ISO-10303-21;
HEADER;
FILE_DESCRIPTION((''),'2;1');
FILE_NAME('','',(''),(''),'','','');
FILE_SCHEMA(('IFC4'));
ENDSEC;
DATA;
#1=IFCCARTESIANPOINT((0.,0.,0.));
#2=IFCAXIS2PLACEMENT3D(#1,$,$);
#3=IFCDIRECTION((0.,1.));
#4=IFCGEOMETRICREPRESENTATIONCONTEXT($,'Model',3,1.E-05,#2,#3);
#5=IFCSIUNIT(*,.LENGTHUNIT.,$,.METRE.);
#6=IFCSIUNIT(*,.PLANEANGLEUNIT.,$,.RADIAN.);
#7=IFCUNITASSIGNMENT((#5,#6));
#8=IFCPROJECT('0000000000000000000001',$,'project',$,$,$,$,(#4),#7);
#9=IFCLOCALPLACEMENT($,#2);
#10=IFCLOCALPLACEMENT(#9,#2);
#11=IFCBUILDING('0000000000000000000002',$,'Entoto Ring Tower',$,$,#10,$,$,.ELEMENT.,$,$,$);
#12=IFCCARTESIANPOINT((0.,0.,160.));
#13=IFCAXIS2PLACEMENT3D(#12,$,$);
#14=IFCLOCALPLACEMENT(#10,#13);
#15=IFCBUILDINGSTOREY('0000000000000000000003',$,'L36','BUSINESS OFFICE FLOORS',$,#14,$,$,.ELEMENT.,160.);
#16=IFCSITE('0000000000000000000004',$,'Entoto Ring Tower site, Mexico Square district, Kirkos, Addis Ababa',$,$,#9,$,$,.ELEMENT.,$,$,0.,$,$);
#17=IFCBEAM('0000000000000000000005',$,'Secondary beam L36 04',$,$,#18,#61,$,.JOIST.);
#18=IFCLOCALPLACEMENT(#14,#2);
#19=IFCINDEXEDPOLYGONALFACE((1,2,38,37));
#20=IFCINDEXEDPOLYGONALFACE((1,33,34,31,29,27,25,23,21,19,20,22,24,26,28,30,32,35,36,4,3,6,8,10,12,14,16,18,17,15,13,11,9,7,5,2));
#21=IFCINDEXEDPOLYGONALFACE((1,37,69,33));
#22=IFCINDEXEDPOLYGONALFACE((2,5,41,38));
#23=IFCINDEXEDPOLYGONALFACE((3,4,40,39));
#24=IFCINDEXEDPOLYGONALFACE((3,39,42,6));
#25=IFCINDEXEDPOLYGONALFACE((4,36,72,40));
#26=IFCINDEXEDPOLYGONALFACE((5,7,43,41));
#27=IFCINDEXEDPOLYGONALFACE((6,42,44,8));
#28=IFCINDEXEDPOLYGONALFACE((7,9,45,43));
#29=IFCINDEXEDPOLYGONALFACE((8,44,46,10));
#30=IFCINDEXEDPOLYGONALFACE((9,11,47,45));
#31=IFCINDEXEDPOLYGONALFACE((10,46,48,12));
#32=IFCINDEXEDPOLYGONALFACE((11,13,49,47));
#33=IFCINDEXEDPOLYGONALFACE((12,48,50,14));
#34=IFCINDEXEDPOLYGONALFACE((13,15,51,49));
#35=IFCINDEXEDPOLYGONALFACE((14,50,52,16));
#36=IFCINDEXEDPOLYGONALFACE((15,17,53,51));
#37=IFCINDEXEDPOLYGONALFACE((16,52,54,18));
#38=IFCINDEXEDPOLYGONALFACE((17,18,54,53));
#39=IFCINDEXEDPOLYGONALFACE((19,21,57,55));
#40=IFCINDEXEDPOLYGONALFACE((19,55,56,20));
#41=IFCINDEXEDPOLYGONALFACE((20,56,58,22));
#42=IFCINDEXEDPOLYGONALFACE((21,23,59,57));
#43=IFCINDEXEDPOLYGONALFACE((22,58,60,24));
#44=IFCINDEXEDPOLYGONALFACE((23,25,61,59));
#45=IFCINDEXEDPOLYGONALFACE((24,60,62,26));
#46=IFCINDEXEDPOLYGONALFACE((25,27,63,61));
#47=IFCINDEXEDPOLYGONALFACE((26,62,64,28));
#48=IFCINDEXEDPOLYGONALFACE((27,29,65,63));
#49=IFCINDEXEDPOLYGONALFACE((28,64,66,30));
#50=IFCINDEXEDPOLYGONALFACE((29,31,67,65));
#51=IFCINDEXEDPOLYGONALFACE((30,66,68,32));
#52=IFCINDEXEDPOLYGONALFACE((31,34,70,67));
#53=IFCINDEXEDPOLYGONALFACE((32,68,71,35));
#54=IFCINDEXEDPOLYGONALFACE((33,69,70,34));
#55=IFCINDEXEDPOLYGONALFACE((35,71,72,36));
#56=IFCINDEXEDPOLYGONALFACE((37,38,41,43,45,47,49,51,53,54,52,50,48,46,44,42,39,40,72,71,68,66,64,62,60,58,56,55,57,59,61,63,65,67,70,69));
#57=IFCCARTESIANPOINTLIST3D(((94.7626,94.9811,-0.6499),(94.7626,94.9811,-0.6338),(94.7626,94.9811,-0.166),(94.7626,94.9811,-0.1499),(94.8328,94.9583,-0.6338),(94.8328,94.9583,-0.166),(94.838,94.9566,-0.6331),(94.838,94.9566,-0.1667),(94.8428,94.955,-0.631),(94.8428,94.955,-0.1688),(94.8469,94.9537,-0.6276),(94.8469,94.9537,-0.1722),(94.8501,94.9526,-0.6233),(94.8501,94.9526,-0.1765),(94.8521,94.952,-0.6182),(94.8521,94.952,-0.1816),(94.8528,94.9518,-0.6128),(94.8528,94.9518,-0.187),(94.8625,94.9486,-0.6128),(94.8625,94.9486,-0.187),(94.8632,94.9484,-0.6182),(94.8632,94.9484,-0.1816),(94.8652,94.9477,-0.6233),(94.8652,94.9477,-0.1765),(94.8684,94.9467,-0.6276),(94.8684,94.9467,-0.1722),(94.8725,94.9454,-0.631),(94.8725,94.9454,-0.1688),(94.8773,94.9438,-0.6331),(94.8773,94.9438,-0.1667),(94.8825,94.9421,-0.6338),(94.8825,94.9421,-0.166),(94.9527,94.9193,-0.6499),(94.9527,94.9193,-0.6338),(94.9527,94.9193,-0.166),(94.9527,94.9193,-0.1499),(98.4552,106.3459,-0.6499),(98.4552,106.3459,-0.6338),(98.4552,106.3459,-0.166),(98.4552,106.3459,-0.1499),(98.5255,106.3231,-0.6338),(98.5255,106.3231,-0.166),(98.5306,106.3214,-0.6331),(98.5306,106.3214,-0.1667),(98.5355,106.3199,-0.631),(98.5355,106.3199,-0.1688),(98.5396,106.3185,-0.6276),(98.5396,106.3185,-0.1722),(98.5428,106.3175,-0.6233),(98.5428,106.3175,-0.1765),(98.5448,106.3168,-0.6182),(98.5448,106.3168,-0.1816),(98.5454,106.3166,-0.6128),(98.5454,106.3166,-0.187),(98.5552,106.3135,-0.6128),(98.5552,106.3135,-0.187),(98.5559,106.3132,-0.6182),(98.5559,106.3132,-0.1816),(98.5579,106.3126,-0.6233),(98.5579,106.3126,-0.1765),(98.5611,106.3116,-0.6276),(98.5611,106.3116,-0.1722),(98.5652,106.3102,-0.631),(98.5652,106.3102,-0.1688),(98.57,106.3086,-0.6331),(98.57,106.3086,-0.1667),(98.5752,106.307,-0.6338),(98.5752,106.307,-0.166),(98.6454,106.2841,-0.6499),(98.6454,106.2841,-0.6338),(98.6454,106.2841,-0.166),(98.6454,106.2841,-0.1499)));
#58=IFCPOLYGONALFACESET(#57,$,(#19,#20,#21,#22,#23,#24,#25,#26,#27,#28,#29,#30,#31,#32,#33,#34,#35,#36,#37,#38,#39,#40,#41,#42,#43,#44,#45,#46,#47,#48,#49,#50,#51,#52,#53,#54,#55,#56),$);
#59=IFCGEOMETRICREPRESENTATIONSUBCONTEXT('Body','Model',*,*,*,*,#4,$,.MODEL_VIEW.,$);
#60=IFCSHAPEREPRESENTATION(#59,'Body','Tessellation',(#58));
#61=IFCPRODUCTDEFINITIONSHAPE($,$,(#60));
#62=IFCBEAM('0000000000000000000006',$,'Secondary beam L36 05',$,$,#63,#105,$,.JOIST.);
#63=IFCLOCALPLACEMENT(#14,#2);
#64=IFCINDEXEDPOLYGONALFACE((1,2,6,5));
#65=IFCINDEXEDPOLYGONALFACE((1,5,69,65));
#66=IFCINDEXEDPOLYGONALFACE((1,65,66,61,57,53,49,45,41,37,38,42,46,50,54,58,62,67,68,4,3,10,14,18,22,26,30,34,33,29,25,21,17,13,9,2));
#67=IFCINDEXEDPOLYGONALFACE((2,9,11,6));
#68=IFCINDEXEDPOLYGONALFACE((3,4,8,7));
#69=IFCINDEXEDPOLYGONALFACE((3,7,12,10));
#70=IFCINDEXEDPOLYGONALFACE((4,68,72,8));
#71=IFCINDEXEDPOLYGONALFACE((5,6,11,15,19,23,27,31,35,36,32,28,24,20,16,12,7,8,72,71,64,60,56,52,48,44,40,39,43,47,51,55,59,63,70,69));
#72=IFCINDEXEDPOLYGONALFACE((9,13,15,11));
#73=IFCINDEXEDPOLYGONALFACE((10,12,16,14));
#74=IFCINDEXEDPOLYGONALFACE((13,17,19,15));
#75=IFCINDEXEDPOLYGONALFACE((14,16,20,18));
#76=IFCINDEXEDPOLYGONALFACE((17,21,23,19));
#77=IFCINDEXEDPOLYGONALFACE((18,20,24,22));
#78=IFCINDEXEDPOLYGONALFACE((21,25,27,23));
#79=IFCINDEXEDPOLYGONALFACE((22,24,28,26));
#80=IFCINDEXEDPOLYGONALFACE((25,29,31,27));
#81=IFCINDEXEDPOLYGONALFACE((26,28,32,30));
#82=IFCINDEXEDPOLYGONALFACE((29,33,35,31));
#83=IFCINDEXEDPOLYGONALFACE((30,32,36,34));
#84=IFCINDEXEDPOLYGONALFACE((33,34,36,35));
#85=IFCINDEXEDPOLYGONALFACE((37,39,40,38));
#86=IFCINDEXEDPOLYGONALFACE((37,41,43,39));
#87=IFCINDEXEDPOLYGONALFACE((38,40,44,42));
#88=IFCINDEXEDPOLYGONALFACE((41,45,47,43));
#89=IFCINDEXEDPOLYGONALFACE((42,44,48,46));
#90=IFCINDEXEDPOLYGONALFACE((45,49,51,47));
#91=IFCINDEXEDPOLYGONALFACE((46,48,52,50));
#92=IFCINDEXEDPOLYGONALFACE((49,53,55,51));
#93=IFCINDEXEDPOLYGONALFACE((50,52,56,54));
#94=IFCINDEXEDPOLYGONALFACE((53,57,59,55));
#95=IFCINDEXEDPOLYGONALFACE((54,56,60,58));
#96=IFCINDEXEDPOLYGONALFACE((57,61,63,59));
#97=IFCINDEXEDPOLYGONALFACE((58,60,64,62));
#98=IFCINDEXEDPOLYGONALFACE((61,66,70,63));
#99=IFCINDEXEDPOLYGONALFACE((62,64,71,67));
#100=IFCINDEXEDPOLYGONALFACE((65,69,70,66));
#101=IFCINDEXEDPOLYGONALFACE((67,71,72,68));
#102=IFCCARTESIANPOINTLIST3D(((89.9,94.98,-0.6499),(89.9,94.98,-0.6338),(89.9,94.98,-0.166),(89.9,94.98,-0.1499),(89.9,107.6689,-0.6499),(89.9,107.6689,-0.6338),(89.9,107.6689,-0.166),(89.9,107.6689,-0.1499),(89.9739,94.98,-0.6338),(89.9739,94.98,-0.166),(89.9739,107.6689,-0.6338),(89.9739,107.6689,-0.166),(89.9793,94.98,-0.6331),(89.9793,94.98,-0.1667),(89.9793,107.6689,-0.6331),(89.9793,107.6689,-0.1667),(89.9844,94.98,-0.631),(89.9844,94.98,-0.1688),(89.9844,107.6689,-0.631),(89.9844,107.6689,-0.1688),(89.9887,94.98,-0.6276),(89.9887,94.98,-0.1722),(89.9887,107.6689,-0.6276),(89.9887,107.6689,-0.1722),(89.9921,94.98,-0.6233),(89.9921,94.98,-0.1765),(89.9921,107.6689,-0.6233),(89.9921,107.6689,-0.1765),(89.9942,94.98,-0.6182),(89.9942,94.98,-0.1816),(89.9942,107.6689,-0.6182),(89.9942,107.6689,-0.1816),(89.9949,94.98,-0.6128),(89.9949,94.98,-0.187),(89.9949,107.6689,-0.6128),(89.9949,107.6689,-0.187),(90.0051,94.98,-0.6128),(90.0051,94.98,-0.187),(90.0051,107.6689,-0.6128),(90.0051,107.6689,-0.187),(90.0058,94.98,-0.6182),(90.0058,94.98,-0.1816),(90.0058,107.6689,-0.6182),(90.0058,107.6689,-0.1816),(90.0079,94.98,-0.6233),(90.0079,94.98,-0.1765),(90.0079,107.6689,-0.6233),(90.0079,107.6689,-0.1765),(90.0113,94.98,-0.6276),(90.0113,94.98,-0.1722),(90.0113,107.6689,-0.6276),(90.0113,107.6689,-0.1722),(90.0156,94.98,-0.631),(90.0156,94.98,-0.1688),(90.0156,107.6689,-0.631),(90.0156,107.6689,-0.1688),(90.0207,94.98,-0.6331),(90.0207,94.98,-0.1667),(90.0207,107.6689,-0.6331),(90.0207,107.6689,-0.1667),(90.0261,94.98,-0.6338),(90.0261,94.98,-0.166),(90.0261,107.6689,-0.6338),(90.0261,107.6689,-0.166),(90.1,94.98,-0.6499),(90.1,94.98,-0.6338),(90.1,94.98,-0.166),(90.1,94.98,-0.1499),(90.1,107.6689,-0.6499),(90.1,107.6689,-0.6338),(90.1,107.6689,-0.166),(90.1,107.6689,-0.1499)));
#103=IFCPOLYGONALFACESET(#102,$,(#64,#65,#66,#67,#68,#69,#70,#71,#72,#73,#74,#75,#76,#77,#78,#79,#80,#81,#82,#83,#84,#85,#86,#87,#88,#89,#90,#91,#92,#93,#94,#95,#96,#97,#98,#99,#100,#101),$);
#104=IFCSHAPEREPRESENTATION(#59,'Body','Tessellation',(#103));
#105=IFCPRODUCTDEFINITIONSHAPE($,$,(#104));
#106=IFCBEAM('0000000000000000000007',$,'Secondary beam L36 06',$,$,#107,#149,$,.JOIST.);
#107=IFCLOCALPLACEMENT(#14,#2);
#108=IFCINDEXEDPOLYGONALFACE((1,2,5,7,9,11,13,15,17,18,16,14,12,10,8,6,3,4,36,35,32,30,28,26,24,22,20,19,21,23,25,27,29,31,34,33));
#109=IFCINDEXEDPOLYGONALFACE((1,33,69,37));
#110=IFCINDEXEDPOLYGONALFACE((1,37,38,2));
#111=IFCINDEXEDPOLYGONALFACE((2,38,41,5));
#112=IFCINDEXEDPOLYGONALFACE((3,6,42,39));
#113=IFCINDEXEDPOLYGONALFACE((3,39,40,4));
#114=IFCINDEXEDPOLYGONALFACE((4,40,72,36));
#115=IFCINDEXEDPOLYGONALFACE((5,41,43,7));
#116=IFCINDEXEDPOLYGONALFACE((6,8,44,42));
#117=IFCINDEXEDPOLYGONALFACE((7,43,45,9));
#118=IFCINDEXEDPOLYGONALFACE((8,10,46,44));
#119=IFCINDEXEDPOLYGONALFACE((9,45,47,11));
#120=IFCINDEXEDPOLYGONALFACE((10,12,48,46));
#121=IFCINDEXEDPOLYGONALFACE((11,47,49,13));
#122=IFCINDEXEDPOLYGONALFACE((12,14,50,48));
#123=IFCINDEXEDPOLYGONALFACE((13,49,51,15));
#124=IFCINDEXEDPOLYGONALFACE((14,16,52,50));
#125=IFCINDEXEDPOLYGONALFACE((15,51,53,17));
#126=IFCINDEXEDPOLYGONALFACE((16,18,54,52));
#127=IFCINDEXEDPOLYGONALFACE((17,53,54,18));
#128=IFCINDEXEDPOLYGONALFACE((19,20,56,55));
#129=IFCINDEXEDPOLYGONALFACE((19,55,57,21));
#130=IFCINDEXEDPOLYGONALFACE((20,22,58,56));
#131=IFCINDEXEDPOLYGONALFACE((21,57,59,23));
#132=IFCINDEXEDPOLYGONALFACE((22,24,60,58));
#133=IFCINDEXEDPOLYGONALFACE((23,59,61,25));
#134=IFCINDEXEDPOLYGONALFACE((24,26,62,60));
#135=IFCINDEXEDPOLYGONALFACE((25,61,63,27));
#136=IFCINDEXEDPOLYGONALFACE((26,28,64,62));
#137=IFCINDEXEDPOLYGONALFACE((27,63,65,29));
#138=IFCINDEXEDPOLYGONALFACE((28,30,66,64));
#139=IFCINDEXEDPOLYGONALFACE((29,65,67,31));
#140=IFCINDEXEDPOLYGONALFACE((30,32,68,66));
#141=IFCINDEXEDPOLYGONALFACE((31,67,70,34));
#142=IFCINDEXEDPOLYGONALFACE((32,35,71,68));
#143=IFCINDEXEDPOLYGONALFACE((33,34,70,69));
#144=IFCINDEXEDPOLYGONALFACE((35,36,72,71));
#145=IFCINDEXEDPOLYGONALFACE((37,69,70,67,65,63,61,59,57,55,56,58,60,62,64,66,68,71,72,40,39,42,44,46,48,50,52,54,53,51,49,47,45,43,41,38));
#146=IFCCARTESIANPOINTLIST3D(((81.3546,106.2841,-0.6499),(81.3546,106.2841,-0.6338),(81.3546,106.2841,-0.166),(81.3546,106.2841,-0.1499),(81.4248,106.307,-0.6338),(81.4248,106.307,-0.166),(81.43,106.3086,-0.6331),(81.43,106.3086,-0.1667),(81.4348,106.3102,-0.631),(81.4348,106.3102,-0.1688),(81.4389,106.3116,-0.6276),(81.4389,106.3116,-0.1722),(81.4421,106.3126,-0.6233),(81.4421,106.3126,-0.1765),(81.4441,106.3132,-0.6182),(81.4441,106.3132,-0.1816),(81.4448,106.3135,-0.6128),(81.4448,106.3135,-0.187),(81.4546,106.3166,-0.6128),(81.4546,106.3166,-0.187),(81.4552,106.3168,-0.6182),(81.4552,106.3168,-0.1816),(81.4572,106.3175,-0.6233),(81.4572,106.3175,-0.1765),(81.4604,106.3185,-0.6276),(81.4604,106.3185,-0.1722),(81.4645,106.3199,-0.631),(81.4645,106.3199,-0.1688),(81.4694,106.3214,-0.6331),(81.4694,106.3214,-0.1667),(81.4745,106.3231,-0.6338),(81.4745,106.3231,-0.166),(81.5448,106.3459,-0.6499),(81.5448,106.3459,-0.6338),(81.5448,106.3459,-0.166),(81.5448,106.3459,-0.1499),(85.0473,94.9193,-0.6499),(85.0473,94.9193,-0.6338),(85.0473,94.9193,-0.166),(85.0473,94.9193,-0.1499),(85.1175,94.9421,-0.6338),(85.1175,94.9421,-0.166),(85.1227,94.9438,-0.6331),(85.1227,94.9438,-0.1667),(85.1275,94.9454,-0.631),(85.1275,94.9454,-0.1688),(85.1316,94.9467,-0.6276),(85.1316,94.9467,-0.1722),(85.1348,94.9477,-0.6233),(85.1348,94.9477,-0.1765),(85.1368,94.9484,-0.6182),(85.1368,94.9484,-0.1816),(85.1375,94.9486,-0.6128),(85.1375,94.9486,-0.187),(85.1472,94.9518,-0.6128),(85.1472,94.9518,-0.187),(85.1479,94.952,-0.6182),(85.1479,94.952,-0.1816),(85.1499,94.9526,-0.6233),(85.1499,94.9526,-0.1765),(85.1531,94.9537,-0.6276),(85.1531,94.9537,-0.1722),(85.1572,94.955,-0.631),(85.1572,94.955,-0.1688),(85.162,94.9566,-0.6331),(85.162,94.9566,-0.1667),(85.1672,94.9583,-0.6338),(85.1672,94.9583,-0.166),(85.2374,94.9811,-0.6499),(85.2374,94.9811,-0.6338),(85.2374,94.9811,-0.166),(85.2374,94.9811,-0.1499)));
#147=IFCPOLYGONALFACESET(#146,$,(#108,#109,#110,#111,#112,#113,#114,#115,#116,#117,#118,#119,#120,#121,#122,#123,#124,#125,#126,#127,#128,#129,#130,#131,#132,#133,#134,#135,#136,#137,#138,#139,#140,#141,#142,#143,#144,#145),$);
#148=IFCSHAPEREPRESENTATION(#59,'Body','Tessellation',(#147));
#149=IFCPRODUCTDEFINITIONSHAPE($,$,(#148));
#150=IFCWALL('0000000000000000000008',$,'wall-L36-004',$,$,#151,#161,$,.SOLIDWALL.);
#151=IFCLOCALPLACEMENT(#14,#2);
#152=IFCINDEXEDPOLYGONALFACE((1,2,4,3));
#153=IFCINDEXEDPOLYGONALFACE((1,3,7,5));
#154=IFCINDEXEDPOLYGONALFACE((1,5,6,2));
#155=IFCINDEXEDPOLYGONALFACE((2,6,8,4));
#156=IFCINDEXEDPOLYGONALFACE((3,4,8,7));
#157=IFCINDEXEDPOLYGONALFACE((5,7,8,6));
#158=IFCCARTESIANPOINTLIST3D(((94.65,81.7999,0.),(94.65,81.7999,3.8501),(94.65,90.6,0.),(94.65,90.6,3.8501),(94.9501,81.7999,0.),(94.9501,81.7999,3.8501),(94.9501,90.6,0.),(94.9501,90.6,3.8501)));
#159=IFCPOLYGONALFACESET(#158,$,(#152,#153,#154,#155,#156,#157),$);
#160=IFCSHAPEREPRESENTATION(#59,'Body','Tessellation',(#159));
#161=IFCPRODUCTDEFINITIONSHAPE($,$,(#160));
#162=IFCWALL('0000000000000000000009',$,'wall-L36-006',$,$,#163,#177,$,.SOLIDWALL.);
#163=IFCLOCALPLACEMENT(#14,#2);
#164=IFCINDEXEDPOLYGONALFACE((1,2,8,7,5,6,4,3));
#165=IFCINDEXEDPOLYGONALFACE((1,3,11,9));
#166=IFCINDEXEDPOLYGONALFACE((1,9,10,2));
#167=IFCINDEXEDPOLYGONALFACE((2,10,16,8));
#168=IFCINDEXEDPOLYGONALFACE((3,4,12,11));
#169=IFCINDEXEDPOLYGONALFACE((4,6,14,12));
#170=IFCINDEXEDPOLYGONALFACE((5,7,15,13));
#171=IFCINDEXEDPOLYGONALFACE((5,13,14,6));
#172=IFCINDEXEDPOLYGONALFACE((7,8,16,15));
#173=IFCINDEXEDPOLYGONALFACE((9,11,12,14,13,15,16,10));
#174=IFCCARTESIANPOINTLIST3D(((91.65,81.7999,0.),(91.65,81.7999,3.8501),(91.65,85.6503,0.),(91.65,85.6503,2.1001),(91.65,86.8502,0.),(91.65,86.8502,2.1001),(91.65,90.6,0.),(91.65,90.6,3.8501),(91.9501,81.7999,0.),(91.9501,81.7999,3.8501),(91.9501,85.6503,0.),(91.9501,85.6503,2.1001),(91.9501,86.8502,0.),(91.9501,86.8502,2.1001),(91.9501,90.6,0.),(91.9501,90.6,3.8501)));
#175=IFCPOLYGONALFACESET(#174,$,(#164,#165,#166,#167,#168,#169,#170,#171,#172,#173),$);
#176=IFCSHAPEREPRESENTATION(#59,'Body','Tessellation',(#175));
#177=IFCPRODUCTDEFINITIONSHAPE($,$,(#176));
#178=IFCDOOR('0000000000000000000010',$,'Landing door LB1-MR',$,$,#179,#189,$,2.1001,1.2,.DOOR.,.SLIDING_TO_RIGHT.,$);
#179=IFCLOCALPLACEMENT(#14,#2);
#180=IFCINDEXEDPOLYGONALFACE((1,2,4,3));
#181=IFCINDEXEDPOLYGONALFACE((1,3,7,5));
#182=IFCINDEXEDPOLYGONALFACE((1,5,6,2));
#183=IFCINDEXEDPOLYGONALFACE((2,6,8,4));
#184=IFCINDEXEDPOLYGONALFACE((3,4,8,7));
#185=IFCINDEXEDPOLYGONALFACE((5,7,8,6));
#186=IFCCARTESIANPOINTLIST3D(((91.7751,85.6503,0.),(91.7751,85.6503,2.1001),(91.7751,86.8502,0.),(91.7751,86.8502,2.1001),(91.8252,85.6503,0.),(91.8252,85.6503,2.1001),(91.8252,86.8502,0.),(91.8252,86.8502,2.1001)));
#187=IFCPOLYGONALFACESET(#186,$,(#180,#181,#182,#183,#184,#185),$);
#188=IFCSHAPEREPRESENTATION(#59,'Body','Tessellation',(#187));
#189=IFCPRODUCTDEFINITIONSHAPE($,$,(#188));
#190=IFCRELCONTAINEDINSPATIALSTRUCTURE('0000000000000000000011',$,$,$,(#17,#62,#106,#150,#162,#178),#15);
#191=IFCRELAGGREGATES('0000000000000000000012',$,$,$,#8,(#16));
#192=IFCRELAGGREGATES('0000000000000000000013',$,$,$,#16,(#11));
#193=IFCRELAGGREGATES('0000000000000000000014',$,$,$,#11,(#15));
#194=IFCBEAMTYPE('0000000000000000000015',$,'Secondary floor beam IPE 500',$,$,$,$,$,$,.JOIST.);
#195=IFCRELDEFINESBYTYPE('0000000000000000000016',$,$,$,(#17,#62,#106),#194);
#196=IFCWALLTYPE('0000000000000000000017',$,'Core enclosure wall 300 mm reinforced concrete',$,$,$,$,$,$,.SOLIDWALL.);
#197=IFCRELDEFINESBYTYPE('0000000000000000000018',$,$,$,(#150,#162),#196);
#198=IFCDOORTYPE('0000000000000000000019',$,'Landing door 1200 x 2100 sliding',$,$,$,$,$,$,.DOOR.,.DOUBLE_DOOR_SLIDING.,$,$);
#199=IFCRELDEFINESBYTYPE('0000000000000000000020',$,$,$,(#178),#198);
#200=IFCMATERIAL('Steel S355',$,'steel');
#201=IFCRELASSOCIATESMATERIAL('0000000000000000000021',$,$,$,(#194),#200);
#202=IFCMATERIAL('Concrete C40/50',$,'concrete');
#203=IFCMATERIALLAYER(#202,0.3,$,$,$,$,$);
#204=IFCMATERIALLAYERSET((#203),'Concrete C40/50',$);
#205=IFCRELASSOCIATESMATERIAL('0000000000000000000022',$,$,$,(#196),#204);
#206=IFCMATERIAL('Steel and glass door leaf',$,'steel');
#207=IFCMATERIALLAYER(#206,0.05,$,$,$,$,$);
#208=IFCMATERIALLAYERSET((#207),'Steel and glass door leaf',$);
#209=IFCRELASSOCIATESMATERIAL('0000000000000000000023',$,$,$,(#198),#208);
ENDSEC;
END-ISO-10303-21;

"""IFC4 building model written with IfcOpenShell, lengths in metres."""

from ifc_helpers import new_model, si_unit, direction, frame, frame_2d, origin, origin_2d, place, context, subcontext, project, spatial, rectangle, i_section, extrude, material, layer, layer_set, material_profile, profile_set, type_object, element, fill, save


model = new_model("IFC4")

# Units and contexts
model_context = context("Model", 3, precision=1e-05, world=origin(), true_north=direction((0.0, 1.0)))
body_context = subcontext(model_context, "Body", "Model", "MODEL_VIEW")
ifc_project = project(units=[si_unit("LENGTHUNIT", "METRE"), si_unit("PLANEANGLEUNIT", "RADIAN")], contexts=[model_context])

# Site, building, storey
site_placement = place(None, origin())
site = spatial("IfcSite", under=ifc_project, at=site_placement, Name="Entoto Ring Tower site, Mexico Square district, Kirkos, Addis Ababa", CompositionType="ELEMENT", RefElevation=0.0)
building_placement = place(site_placement, origin())
building = spatial("IfcBuilding", under=site, at=building_placement, Name="Entoto Ring Tower", CompositionType="ELEMENT")
storey_placement = place(building_placement, frame((0.0, 0.0, 160.0)))
storey = spatial("IfcBuildingStorey", under=building, at=storey_placement, Name="L36", Description="BUSINESS OFFICE FLOORS", CompositionType="ELEMENT", Elevation=160.0)

# Beams
ifc_material_1 = material(Name="Steel S355", Category="steel")
ifc_material_profile_1 = material_profile(ifc_material_1, i_section(OverallWidth=0.2, OverallDepth=0.5, WebThickness=0.0103, FlangeThickness=0.0161, FilletRadius=0.021, at=origin_2d()), Name="IPE 500")
ifc_profile_set_1 = profile_set([ifc_material_profile_1], Name="Steel S355")
beam_type_1 = type_object("IfcBeamType", Name="Secondary floor beam IPE 500", PredefinedType="JOIST", material=ifc_profile_set_1)
beam_1_placement = place(storey_placement, frame((94.8577, 94.9502, -0.3999), z_axis=(0.309017, 0.951057, 0.0), x_axis=(-0.951057, 0.309017, 0.0)))
element("IfcBeam", 1, at=beam_1_placement, inside=storey, type_object=beam_type_1, Name="Secondary beam L36 04", PredefinedType="JOIST", context=body_context, shape_type="SweptSolid", body=[
    extrude(i_section(OverallWidth=0.2, OverallDepth=0.5, WebThickness=0.0103, FlangeThickness=0.0161, FilletRadius=0.021, at=origin_2d()), origin(), (0.0, 0.0, 1.0), 11.9497),
])
beam_2_placement = place(storey_placement, frame((90.0, 94.98, -0.3999), z_axis=(0.0, 1.0, 0.0), x_axis=(-1.0, 0.0, 0.0)))
element("IfcBeam", 2, at=beam_2_placement, inside=storey, type_object=beam_type_1, Name="Secondary beam L36 05", PredefinedType="JOIST", context=body_context, shape_type="SweptSolid", body=[
    extrude(i_section(OverallWidth=0.2, OverallDepth=0.5, WebThickness=0.0103, FlangeThickness=0.0161, FilletRadius=0.021, at=origin_2d()), origin(), (0.0, 0.0, 1.0), 12.689),
])
beam_3_placement = place(storey_placement, frame((85.1423, 94.9502, -0.3999), z_axis=(-0.309017, 0.951057, 0.0), x_axis=(-0.951057, -0.309017, 0.0)))
element("IfcBeam", 3, at=beam_3_placement, inside=storey, type_object=beam_type_1, Name="Secondary beam L36 06", PredefinedType="JOIST", context=body_context, shape_type="SweptSolid", body=[
    extrude(i_section(OverallWidth=0.2, OverallDepth=0.5, WebThickness=0.0103, FlangeThickness=0.0161, FilletRadius=0.021, at=origin_2d()), origin(), (0.0, 0.0, 1.0), 11.9497),
])

# Wall
ifc_material_2 = material(Name="Concrete C40/50", Category="concrete")
ifc_layer_1 = layer(ifc_material_2, 0.3)
ifc_layer_set_1 = layer_set([ifc_layer_1], Name="Concrete C40/50")
wall_type_1 = type_object("IfcWallType", Name="Core enclosure wall 300 mm reinforced concrete", PredefinedType="SOLIDWALL", material=ifc_layer_set_1)
wall_1_placement = place(storey_placement, frame((94.8, 81.8, 0.0), z_axis=(0.0, 0.0, 1.0), x_axis=(0.0, 1.0, 0.0)))
element("IfcWall", 4, at=wall_1_placement, inside=storey, type_object=wall_type_1, Name="wall-L36-004", PredefinedType="SOLIDWALL", context=body_context, shape_type="SweptSolid", body=[
    extrude(rectangle(XDim=8.8, YDim=0.3, at=frame_2d((4.3999, 0.0))), origin(), (0.0, 0.0, 1.0), 3.8501),
])

# Wall, opening, door
wall_2_placement = place(storey_placement, frame((91.8, 81.8, 0.0), z_axis=(0.0, 0.0, 1.0), x_axis=(0.0, 1.0, 0.0)))
wall_2 = element("IfcWall", 5, at=wall_2_placement, inside=storey, type_object=wall_type_1, Name="wall-L36-006", PredefinedType="SOLIDWALL", context=body_context, shape_type="SweptSolid", body=[
    extrude(rectangle(XDim=8.8, YDim=0.3, at=frame_2d((4.3999, 0.0))), origin(), (0.0, 0.0, 1.0), 3.8501),
])
opening_1_placement = place(wall_2_placement, frame((3.8501, 0.0, 0.0)))
opening_1 = element("IfcOpeningElement", 6, at=opening_1_placement, cuts=wall_2, PredefinedType="OPENING", context=body_context, shape_type="SweptSolid", body=[
    extrude(rectangle(XDim=1.2, YDim=2.1001, at=frame_2d((0.6001, 1.05))), frame((0.0, 0.1602, 0.0), z_axis=(0.0, -1.0, 0.0), x_axis=(1.0, 0.0, 0.0)), (0.0, 0.0, 1.0), 0.3201),
])
ifc_material_3 = material(Name="Steel and glass door leaf", Category="steel")
ifc_layer_2 = layer(ifc_material_3, 0.05)
ifc_layer_set_2 = layer_set([ifc_layer_2], Name="Steel and glass door leaf")
door_type_1 = type_object("IfcDoorType", Name="Landing door 1200 x 2100 sliding", OperationType="DOUBLE_DOOR_SLIDING", PredefinedType="DOOR", material=ifc_layer_set_2)
door_1_placement = place(opening_1_placement, origin())
door_1 = element("IfcDoor", 7, at=door_1_placement, inside=storey, type_object=door_type_1, Name="Landing door LB1-MR", OperationType="SLIDING_TO_RIGHT", OverallHeight=2.1001, OverallWidth=1.2, PredefinedType="DOOR", context=body_context, shape_type="SweptSolid", body=[
    extrude(rectangle(XDim=1.2, YDim=2.1001, at=frame_2d((0.6001, 1.05))), frame((0.0, 0.0249, 0.0), z_axis=(0.0, -1.0, 0.0), x_axis=(1.0, 0.0, 0.0)), (0.0, 0.0, 1.0), 0.05),
])
fill(opening_1, door_1)

save(model, "model.ifc")
